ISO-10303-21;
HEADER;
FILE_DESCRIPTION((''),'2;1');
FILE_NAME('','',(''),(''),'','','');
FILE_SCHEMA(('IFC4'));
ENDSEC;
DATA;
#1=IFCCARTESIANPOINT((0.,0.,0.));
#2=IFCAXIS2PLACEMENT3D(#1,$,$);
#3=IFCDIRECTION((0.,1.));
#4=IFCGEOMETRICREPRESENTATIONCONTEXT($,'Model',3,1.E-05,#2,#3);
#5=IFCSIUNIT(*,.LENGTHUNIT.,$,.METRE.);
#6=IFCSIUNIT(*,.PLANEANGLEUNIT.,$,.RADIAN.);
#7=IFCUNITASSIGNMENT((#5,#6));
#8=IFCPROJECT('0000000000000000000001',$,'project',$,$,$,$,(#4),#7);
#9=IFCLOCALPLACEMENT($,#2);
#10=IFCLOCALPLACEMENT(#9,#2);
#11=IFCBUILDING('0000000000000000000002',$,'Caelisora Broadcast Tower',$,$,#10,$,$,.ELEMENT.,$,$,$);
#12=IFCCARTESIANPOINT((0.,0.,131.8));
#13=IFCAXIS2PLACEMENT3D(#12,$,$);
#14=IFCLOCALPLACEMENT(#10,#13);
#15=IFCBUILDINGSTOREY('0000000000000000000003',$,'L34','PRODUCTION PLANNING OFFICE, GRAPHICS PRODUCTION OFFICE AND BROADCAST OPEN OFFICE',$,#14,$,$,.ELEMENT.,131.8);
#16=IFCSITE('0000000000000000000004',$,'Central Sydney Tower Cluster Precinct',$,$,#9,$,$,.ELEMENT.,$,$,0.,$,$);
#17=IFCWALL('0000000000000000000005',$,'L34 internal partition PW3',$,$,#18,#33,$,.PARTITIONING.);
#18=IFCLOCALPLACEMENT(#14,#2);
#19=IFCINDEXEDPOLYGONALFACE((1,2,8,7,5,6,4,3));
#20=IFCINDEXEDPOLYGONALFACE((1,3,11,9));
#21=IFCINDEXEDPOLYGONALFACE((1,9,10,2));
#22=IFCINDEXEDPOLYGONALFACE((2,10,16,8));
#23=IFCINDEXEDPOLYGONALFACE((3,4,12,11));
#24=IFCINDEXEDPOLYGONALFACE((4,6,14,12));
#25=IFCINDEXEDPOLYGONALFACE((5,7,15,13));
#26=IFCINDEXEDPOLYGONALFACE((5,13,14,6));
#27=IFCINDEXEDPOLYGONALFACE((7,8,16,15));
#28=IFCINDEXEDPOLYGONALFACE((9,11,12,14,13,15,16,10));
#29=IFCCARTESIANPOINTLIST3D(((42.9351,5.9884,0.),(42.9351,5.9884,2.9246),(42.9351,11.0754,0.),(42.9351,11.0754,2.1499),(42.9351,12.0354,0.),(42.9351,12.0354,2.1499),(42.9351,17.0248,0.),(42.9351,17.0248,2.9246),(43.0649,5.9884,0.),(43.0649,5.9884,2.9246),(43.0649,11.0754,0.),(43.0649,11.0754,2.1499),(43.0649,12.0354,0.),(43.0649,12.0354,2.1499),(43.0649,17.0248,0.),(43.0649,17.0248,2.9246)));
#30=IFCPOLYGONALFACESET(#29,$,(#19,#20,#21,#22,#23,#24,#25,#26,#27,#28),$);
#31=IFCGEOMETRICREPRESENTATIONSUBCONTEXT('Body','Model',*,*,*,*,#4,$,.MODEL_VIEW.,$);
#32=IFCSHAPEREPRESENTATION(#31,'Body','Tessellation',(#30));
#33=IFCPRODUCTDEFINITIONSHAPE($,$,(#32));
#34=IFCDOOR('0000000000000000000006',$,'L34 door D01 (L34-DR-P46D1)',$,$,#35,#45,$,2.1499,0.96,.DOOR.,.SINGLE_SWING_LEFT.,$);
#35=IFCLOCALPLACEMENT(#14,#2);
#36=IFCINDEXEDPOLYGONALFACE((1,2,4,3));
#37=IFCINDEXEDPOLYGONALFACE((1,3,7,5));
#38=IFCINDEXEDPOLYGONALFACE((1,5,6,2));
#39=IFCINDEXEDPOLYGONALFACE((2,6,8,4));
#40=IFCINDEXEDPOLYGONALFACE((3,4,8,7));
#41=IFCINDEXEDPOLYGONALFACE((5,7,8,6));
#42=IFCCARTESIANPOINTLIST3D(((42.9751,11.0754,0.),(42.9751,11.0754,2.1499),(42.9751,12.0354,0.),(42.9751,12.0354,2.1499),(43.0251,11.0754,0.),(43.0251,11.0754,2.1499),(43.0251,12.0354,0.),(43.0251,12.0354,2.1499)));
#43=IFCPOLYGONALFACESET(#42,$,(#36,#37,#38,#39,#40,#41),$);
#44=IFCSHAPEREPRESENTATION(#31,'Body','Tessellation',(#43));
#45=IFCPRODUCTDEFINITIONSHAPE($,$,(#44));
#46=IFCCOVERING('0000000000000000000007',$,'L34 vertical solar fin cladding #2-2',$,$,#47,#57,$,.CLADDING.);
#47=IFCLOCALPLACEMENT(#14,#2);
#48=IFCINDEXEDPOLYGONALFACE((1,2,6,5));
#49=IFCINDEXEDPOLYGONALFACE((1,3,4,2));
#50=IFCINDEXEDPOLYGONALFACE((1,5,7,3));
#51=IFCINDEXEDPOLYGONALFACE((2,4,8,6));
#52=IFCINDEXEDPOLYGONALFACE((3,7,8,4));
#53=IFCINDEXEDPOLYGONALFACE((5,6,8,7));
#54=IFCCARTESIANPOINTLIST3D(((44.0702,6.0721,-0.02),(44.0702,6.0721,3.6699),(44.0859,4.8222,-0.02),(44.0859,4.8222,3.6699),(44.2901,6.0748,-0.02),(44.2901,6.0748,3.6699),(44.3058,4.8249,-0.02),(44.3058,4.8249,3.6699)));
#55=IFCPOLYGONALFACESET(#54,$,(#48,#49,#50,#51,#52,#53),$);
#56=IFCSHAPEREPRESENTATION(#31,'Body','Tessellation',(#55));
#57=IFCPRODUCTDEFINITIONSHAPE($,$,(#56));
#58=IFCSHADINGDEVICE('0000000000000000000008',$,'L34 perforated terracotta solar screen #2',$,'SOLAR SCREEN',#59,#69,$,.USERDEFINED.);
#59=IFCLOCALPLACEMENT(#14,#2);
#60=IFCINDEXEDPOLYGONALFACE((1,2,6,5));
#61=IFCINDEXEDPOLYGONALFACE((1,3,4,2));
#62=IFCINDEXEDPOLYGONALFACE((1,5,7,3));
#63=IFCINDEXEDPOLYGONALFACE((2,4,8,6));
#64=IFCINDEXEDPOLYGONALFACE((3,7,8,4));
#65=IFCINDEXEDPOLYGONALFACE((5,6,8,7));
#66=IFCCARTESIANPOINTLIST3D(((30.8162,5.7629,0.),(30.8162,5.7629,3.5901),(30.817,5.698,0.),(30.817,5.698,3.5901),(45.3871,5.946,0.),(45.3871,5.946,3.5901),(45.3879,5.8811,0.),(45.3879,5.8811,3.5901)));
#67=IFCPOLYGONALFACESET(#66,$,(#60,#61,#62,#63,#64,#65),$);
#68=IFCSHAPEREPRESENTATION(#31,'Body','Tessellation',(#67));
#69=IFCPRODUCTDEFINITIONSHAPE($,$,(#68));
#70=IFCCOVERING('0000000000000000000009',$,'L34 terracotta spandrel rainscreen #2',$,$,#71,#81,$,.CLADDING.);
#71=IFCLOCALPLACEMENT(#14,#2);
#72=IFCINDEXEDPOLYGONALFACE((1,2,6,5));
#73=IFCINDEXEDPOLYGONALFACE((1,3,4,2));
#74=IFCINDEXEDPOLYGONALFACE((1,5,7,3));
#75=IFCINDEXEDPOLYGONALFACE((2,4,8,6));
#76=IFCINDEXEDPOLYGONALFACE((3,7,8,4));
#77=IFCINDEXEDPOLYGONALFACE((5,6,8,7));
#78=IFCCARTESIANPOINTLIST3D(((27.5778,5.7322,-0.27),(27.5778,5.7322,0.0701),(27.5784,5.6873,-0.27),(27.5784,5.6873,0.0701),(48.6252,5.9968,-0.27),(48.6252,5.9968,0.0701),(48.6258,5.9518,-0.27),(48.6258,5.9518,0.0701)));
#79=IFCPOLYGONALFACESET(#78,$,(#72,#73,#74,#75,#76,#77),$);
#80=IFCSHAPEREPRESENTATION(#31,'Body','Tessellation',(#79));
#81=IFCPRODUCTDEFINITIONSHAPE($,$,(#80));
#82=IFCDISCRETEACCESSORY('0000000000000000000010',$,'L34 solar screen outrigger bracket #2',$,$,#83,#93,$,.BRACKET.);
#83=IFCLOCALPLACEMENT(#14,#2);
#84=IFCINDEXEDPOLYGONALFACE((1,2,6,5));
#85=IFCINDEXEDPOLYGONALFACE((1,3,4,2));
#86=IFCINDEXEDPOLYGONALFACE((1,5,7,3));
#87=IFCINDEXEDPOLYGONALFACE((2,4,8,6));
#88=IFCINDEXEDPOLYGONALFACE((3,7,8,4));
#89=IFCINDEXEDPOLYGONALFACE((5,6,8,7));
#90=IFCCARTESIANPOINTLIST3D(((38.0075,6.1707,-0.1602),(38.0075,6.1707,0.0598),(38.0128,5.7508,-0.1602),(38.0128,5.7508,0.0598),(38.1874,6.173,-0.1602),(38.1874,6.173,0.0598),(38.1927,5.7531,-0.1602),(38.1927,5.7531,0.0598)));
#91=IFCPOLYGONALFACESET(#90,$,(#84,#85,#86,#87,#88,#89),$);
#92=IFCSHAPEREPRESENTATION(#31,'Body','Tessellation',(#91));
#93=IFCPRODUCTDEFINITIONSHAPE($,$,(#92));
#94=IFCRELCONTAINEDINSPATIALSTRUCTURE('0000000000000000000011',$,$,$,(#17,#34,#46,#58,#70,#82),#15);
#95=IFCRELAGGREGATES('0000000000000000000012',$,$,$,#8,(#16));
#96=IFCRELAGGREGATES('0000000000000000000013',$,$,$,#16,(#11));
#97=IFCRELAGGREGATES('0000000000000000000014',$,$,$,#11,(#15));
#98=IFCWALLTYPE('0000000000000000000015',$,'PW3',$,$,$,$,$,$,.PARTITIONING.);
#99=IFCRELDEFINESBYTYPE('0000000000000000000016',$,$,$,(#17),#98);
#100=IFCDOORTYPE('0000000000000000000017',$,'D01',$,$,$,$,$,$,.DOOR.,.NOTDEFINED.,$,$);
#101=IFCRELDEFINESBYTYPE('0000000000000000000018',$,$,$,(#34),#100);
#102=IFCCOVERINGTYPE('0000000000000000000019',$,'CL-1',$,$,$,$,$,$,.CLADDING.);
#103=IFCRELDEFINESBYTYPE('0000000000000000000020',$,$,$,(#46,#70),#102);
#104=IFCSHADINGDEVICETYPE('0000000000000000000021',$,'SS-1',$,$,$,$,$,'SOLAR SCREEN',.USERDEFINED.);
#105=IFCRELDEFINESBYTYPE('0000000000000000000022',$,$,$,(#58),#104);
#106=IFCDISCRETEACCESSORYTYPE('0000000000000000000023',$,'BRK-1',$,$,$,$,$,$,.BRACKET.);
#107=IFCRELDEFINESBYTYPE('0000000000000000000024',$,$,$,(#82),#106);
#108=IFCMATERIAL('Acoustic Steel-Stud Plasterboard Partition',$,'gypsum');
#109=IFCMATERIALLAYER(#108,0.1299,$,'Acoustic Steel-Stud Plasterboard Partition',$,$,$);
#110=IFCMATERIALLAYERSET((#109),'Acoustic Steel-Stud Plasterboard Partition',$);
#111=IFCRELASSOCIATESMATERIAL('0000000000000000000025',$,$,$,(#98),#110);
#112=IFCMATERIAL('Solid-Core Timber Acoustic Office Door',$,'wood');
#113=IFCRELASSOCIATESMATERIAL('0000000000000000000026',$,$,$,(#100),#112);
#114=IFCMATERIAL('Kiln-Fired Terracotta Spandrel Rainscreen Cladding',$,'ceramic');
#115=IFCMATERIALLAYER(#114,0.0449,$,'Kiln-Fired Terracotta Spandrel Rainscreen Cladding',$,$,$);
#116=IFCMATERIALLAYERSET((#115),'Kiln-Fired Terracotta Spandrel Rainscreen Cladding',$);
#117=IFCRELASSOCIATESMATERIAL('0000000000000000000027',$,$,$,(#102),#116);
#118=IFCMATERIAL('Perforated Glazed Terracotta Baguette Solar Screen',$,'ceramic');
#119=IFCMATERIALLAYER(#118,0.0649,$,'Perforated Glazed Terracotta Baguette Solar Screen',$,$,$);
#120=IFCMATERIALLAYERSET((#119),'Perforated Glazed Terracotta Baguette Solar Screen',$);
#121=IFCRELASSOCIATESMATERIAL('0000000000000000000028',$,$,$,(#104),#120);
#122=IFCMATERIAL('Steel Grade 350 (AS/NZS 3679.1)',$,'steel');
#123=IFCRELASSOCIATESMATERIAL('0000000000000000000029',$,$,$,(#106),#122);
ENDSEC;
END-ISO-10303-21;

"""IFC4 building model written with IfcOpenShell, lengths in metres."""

from ifc_helpers import new_model, si_unit, direction, frame, frame_2d, origin, origin_2d, place, context, subcontext, project, spatial, rectangle, extrude, source, transform, mapped, material, layer, layer_set, type_object, type_shapes, element, fill, save


model = new_model("IFC4")

# Units and contexts
model_context = context("Model", 3, precision=1e-05, world=origin(), true_north=direction((0.0, 1.0)))
body_context = subcontext(model_context, "Body", "Model", "MODEL_VIEW")
ifc_project = project(units=[si_unit("LENGTHUNIT", "METRE"), si_unit("PLANEANGLEUNIT", "RADIAN")], contexts=[model_context])

# Site, building, storey
site_placement = place(None, origin())
site = spatial("IfcSite", under=ifc_project, at=site_placement, Name="Central Sydney Tower Cluster Precinct", CompositionType="ELEMENT", RefElevation=0.0)
building_placement = place(site_placement, origin())
building = spatial("IfcBuilding", under=site, at=building_placement, Name="Caelisora Broadcast Tower", CompositionType="ELEMENT")
storey_placement = place(building_placement, frame((0.0, 0.0, 131.8)))
storey = spatial("IfcBuildingStorey", under=building, at=storey_placement, Name="L34", Description="PRODUCTION PLANNING OFFICE, GRAPHICS PRODUCTION OFFICE AND BROADCAST OPEN OFFICE", CompositionType="ELEMENT", Elevation=131.8)

# Shared definitions
ifc_material_1 = material(Name="Steel Grade 350 (AS/NZS 3679.1)", Category="steel")

# Wall, opening, door
ifc_material_2 = material(Name="Acoustic Steel-Stud Plasterboard Partition", Category="gypsum")
ifc_layer_1 = layer(ifc_material_2, 0.1299, Name="Acoustic Steel-Stud Plasterboard Partition")
ifc_layer_set_1 = layer_set([ifc_layer_1], Name="Acoustic Steel-Stud Plasterboard Partition")
wall_type = type_object("IfcWallType", Name="PW3", PredefinedType="PARTITIONING", material=ifc_layer_set_1)
ifc_material_3 = material(Name="Solid-Core Timber Acoustic Office Door", Category="wood")
door_type = type_object("IfcDoorType", Name="D01", OperationType="NOTDEFINED", PredefinedType="DOOR", material=ifc_material_3)
wall_1_placement = place(storey_placement, frame((43.0, 5.9885, 0.0), z_axis=(0.0, 0.0, 1.0), x_axis=(0.0, 1.0, 0.0)))
wall_1 = element("IfcWall", 1, at=wall_1_placement, inside=storey, type_object=wall_type, Name="L34 internal partition PW3", PredefinedType="PARTITIONING", context=body_context, shape_type="SweptSolid", body=[
    extrude(rectangle(XDim=11.0364, YDim=0.1299, at=frame_2d((5.5181, 0.0))), origin(), (0.0, 0.0, 1.0), 2.9246),
])
opening_1_placement = place(wall_1_placement, frame((5.0869, 0.0, 0.0)))
opening_1 = element("IfcOpeningElement", 2, at=opening_1_placement, cuts=wall_1, PredefinedType="OPENING", context=body_context, shape_type="SweptSolid", body=[
    extrude(rectangle(XDim=0.96, YDim=2.1499, at=frame_2d((0.48, 1.075))), frame((0.0, 0.0769, 0.0), z_axis=(0.0, -1.0, 0.0), x_axis=(1.0, 0.0, 0.0)), (0.0, 0.0, 1.0), 0.1538),
])
door_1_placement = place(opening_1_placement, origin())
door_1 = element("IfcDoor", 3, at=door_1_placement, inside=storey, type_object=door_type, Name="L34 door D01 (L34-DR-P46D1)", OperationType="SINGLE_SWING_LEFT", OverallHeight=2.1499, OverallWidth=0.96, PredefinedType="DOOR", context=body_context, shape_type="SweptSolid", body=[
    extrude(rectangle(XDim=0.96, YDim=2.1499, at=frame_2d((0.48, 1.075))), frame((0.0, 0.0249, 0.0), z_axis=(0.0, -1.0, 0.0), x_axis=(1.0, 0.0, 0.0)), (0.0, 0.0, 1.0), 0.05),
])
fill(opening_1, door_1)

# Covering
ifc_material_4 = material(Name="Kiln-Fired Terracotta Spandrel Rainscreen Cladding", Category="ceramic")
ifc_layer_2 = layer(ifc_material_4, 0.0449, Name="Kiln-Fired Terracotta Spandrel Rainscreen Cladding")
ifc_layer_set_2 = layer_set([ifc_layer_2], Name="Kiln-Fired Terracotta Spandrel Rainscreen Cladding")
covering_type = type_object("IfcCoveringType", Name="CL-1", PredefinedType="CLADDING", material=ifc_layer_set_2)
shared_shape_1 = source(origin(), body_context, "Body", "SweptSolid", [
    extrude(rectangle(XDim=0.22, YDim=1.25, at=origin_2d()), origin(), (0.0, 0.0, 1.0), 3.6899),
])
covering_1_placement = place(storey_placement, frame((44.188, 5.4485, -0.02), z_axis=(0.0, 0.0, 1.0), x_axis=(-0.999921, -0.012566, 0.0)))
element("IfcCovering", 4, at=covering_1_placement, inside=storey, type_object=covering_type, Name="L34 vertical solar fin cladding #2-2", PredefinedType="CLADDING", context=body_context, shape_type="MappedRepresentation", body=[
    mapped(shared_shape_1, transform((0.0, 0.0, 0.0), scale=1.0)),
])

# Shading device
ifc_material_5 = material(Name="Perforated Glazed Terracotta Baguette Solar Screen", Category="ceramic")
ifc_layer_3 = layer(ifc_material_5, 0.0649, Name="Perforated Glazed Terracotta Baguette Solar Screen")
ifc_layer_set_3 = layer_set([ifc_layer_3], Name="Perforated Glazed Terracotta Baguette Solar Screen")
shading_device_type = type_object("IfcShadingDeviceType", Name="SS-1", ElementType="SOLAR SCREEN", PredefinedType="USERDEFINED", material=ifc_layer_set_3)
shared_shape_2 = source(origin(), body_context, "Body", "SweptSolid", [
    extrude(rectangle(XDim=14.572, YDim=0.0649, at=origin_2d()), origin(), (0.0, 0.0, 1.0), 3.5901),
])
type_shapes(shading_device_type, [shared_shape_2])
shading_device_placement = place(storey_placement, frame((38.1021, 5.822, 0.0), z_axis=(0.0, 0.0, 1.0), x_axis=(0.999921, 0.012566, 0.0)))
element("IfcShadingDevice", 5, at=shading_device_placement, inside=storey, type_object=shading_device_type, Name="L34 perforated terracotta solar screen #2", ObjectType="SOLAR SCREEN", PredefinedType="USERDEFINED", context=body_context, shape_type="MappedRepresentation", body=[
    mapped(shared_shape_2, transform((0.0, 0.0, 0.0), scale=1.0)),
])

# Covering
shared_shape_3 = source(origin(), body_context, "Body", "SweptSolid", [
    extrude(rectangle(XDim=21.0491, YDim=0.0449, at=origin_2d()), origin(), (0.0, 0.0, 1.0), 0.3401),
])
type_shapes(covering_type, [shared_shape_1, shared_shape_3])
covering_2_placement = place(storey_placement, frame((38.1018, 5.842, -0.27), z_axis=(0.0, 0.0, 1.0), x_axis=(0.999921, 0.012566, 0.0)))
element("IfcCovering", 6, at=covering_2_placement, inside=storey, type_object=covering_type, Name="L34 terracotta spandrel rainscreen #2", PredefinedType="CLADDING", context=body_context, shape_type="MappedRepresentation", body=[
    mapped(shared_shape_3, transform((0.0, 0.0, 0.0), scale=1.0)),
])

# Discrete accessory
discrete_accessory_type = type_object("IfcDiscreteAccessoryType", Name="BRK-1", PredefinedType="BRACKET", material=ifc_material_1)
shared_shape_4 = source(origin(), body_context, "Body", "SweptSolid", [
    extrude(rectangle(XDim=0.1799, YDim=0.4199, at=origin_2d()), origin(), (0.0, 0.0, 1.0), 0.22),
])
type_shapes(discrete_accessory_type, [shared_shape_4])
discrete_accessory_placement = place(storey_placement, frame((38.1001, 5.9619, -0.1602), z_axis=(0.0, 0.0, 1.0), x_axis=(0.999921, 0.012566, 0.0)))
element("IfcDiscreteAccessory", 7, at=discrete_accessory_placement, inside=storey, type_object=discrete_accessory_type, Name="L34 solar screen outrigger bracket #2", PredefinedType="BRACKET", context=body_context, shape_type="MappedRepresentation", body=[
    mapped(shared_shape_4, transform((0.0, 0.0, 0.0), scale=1.0)),
])

save(model, "model.ifc")
